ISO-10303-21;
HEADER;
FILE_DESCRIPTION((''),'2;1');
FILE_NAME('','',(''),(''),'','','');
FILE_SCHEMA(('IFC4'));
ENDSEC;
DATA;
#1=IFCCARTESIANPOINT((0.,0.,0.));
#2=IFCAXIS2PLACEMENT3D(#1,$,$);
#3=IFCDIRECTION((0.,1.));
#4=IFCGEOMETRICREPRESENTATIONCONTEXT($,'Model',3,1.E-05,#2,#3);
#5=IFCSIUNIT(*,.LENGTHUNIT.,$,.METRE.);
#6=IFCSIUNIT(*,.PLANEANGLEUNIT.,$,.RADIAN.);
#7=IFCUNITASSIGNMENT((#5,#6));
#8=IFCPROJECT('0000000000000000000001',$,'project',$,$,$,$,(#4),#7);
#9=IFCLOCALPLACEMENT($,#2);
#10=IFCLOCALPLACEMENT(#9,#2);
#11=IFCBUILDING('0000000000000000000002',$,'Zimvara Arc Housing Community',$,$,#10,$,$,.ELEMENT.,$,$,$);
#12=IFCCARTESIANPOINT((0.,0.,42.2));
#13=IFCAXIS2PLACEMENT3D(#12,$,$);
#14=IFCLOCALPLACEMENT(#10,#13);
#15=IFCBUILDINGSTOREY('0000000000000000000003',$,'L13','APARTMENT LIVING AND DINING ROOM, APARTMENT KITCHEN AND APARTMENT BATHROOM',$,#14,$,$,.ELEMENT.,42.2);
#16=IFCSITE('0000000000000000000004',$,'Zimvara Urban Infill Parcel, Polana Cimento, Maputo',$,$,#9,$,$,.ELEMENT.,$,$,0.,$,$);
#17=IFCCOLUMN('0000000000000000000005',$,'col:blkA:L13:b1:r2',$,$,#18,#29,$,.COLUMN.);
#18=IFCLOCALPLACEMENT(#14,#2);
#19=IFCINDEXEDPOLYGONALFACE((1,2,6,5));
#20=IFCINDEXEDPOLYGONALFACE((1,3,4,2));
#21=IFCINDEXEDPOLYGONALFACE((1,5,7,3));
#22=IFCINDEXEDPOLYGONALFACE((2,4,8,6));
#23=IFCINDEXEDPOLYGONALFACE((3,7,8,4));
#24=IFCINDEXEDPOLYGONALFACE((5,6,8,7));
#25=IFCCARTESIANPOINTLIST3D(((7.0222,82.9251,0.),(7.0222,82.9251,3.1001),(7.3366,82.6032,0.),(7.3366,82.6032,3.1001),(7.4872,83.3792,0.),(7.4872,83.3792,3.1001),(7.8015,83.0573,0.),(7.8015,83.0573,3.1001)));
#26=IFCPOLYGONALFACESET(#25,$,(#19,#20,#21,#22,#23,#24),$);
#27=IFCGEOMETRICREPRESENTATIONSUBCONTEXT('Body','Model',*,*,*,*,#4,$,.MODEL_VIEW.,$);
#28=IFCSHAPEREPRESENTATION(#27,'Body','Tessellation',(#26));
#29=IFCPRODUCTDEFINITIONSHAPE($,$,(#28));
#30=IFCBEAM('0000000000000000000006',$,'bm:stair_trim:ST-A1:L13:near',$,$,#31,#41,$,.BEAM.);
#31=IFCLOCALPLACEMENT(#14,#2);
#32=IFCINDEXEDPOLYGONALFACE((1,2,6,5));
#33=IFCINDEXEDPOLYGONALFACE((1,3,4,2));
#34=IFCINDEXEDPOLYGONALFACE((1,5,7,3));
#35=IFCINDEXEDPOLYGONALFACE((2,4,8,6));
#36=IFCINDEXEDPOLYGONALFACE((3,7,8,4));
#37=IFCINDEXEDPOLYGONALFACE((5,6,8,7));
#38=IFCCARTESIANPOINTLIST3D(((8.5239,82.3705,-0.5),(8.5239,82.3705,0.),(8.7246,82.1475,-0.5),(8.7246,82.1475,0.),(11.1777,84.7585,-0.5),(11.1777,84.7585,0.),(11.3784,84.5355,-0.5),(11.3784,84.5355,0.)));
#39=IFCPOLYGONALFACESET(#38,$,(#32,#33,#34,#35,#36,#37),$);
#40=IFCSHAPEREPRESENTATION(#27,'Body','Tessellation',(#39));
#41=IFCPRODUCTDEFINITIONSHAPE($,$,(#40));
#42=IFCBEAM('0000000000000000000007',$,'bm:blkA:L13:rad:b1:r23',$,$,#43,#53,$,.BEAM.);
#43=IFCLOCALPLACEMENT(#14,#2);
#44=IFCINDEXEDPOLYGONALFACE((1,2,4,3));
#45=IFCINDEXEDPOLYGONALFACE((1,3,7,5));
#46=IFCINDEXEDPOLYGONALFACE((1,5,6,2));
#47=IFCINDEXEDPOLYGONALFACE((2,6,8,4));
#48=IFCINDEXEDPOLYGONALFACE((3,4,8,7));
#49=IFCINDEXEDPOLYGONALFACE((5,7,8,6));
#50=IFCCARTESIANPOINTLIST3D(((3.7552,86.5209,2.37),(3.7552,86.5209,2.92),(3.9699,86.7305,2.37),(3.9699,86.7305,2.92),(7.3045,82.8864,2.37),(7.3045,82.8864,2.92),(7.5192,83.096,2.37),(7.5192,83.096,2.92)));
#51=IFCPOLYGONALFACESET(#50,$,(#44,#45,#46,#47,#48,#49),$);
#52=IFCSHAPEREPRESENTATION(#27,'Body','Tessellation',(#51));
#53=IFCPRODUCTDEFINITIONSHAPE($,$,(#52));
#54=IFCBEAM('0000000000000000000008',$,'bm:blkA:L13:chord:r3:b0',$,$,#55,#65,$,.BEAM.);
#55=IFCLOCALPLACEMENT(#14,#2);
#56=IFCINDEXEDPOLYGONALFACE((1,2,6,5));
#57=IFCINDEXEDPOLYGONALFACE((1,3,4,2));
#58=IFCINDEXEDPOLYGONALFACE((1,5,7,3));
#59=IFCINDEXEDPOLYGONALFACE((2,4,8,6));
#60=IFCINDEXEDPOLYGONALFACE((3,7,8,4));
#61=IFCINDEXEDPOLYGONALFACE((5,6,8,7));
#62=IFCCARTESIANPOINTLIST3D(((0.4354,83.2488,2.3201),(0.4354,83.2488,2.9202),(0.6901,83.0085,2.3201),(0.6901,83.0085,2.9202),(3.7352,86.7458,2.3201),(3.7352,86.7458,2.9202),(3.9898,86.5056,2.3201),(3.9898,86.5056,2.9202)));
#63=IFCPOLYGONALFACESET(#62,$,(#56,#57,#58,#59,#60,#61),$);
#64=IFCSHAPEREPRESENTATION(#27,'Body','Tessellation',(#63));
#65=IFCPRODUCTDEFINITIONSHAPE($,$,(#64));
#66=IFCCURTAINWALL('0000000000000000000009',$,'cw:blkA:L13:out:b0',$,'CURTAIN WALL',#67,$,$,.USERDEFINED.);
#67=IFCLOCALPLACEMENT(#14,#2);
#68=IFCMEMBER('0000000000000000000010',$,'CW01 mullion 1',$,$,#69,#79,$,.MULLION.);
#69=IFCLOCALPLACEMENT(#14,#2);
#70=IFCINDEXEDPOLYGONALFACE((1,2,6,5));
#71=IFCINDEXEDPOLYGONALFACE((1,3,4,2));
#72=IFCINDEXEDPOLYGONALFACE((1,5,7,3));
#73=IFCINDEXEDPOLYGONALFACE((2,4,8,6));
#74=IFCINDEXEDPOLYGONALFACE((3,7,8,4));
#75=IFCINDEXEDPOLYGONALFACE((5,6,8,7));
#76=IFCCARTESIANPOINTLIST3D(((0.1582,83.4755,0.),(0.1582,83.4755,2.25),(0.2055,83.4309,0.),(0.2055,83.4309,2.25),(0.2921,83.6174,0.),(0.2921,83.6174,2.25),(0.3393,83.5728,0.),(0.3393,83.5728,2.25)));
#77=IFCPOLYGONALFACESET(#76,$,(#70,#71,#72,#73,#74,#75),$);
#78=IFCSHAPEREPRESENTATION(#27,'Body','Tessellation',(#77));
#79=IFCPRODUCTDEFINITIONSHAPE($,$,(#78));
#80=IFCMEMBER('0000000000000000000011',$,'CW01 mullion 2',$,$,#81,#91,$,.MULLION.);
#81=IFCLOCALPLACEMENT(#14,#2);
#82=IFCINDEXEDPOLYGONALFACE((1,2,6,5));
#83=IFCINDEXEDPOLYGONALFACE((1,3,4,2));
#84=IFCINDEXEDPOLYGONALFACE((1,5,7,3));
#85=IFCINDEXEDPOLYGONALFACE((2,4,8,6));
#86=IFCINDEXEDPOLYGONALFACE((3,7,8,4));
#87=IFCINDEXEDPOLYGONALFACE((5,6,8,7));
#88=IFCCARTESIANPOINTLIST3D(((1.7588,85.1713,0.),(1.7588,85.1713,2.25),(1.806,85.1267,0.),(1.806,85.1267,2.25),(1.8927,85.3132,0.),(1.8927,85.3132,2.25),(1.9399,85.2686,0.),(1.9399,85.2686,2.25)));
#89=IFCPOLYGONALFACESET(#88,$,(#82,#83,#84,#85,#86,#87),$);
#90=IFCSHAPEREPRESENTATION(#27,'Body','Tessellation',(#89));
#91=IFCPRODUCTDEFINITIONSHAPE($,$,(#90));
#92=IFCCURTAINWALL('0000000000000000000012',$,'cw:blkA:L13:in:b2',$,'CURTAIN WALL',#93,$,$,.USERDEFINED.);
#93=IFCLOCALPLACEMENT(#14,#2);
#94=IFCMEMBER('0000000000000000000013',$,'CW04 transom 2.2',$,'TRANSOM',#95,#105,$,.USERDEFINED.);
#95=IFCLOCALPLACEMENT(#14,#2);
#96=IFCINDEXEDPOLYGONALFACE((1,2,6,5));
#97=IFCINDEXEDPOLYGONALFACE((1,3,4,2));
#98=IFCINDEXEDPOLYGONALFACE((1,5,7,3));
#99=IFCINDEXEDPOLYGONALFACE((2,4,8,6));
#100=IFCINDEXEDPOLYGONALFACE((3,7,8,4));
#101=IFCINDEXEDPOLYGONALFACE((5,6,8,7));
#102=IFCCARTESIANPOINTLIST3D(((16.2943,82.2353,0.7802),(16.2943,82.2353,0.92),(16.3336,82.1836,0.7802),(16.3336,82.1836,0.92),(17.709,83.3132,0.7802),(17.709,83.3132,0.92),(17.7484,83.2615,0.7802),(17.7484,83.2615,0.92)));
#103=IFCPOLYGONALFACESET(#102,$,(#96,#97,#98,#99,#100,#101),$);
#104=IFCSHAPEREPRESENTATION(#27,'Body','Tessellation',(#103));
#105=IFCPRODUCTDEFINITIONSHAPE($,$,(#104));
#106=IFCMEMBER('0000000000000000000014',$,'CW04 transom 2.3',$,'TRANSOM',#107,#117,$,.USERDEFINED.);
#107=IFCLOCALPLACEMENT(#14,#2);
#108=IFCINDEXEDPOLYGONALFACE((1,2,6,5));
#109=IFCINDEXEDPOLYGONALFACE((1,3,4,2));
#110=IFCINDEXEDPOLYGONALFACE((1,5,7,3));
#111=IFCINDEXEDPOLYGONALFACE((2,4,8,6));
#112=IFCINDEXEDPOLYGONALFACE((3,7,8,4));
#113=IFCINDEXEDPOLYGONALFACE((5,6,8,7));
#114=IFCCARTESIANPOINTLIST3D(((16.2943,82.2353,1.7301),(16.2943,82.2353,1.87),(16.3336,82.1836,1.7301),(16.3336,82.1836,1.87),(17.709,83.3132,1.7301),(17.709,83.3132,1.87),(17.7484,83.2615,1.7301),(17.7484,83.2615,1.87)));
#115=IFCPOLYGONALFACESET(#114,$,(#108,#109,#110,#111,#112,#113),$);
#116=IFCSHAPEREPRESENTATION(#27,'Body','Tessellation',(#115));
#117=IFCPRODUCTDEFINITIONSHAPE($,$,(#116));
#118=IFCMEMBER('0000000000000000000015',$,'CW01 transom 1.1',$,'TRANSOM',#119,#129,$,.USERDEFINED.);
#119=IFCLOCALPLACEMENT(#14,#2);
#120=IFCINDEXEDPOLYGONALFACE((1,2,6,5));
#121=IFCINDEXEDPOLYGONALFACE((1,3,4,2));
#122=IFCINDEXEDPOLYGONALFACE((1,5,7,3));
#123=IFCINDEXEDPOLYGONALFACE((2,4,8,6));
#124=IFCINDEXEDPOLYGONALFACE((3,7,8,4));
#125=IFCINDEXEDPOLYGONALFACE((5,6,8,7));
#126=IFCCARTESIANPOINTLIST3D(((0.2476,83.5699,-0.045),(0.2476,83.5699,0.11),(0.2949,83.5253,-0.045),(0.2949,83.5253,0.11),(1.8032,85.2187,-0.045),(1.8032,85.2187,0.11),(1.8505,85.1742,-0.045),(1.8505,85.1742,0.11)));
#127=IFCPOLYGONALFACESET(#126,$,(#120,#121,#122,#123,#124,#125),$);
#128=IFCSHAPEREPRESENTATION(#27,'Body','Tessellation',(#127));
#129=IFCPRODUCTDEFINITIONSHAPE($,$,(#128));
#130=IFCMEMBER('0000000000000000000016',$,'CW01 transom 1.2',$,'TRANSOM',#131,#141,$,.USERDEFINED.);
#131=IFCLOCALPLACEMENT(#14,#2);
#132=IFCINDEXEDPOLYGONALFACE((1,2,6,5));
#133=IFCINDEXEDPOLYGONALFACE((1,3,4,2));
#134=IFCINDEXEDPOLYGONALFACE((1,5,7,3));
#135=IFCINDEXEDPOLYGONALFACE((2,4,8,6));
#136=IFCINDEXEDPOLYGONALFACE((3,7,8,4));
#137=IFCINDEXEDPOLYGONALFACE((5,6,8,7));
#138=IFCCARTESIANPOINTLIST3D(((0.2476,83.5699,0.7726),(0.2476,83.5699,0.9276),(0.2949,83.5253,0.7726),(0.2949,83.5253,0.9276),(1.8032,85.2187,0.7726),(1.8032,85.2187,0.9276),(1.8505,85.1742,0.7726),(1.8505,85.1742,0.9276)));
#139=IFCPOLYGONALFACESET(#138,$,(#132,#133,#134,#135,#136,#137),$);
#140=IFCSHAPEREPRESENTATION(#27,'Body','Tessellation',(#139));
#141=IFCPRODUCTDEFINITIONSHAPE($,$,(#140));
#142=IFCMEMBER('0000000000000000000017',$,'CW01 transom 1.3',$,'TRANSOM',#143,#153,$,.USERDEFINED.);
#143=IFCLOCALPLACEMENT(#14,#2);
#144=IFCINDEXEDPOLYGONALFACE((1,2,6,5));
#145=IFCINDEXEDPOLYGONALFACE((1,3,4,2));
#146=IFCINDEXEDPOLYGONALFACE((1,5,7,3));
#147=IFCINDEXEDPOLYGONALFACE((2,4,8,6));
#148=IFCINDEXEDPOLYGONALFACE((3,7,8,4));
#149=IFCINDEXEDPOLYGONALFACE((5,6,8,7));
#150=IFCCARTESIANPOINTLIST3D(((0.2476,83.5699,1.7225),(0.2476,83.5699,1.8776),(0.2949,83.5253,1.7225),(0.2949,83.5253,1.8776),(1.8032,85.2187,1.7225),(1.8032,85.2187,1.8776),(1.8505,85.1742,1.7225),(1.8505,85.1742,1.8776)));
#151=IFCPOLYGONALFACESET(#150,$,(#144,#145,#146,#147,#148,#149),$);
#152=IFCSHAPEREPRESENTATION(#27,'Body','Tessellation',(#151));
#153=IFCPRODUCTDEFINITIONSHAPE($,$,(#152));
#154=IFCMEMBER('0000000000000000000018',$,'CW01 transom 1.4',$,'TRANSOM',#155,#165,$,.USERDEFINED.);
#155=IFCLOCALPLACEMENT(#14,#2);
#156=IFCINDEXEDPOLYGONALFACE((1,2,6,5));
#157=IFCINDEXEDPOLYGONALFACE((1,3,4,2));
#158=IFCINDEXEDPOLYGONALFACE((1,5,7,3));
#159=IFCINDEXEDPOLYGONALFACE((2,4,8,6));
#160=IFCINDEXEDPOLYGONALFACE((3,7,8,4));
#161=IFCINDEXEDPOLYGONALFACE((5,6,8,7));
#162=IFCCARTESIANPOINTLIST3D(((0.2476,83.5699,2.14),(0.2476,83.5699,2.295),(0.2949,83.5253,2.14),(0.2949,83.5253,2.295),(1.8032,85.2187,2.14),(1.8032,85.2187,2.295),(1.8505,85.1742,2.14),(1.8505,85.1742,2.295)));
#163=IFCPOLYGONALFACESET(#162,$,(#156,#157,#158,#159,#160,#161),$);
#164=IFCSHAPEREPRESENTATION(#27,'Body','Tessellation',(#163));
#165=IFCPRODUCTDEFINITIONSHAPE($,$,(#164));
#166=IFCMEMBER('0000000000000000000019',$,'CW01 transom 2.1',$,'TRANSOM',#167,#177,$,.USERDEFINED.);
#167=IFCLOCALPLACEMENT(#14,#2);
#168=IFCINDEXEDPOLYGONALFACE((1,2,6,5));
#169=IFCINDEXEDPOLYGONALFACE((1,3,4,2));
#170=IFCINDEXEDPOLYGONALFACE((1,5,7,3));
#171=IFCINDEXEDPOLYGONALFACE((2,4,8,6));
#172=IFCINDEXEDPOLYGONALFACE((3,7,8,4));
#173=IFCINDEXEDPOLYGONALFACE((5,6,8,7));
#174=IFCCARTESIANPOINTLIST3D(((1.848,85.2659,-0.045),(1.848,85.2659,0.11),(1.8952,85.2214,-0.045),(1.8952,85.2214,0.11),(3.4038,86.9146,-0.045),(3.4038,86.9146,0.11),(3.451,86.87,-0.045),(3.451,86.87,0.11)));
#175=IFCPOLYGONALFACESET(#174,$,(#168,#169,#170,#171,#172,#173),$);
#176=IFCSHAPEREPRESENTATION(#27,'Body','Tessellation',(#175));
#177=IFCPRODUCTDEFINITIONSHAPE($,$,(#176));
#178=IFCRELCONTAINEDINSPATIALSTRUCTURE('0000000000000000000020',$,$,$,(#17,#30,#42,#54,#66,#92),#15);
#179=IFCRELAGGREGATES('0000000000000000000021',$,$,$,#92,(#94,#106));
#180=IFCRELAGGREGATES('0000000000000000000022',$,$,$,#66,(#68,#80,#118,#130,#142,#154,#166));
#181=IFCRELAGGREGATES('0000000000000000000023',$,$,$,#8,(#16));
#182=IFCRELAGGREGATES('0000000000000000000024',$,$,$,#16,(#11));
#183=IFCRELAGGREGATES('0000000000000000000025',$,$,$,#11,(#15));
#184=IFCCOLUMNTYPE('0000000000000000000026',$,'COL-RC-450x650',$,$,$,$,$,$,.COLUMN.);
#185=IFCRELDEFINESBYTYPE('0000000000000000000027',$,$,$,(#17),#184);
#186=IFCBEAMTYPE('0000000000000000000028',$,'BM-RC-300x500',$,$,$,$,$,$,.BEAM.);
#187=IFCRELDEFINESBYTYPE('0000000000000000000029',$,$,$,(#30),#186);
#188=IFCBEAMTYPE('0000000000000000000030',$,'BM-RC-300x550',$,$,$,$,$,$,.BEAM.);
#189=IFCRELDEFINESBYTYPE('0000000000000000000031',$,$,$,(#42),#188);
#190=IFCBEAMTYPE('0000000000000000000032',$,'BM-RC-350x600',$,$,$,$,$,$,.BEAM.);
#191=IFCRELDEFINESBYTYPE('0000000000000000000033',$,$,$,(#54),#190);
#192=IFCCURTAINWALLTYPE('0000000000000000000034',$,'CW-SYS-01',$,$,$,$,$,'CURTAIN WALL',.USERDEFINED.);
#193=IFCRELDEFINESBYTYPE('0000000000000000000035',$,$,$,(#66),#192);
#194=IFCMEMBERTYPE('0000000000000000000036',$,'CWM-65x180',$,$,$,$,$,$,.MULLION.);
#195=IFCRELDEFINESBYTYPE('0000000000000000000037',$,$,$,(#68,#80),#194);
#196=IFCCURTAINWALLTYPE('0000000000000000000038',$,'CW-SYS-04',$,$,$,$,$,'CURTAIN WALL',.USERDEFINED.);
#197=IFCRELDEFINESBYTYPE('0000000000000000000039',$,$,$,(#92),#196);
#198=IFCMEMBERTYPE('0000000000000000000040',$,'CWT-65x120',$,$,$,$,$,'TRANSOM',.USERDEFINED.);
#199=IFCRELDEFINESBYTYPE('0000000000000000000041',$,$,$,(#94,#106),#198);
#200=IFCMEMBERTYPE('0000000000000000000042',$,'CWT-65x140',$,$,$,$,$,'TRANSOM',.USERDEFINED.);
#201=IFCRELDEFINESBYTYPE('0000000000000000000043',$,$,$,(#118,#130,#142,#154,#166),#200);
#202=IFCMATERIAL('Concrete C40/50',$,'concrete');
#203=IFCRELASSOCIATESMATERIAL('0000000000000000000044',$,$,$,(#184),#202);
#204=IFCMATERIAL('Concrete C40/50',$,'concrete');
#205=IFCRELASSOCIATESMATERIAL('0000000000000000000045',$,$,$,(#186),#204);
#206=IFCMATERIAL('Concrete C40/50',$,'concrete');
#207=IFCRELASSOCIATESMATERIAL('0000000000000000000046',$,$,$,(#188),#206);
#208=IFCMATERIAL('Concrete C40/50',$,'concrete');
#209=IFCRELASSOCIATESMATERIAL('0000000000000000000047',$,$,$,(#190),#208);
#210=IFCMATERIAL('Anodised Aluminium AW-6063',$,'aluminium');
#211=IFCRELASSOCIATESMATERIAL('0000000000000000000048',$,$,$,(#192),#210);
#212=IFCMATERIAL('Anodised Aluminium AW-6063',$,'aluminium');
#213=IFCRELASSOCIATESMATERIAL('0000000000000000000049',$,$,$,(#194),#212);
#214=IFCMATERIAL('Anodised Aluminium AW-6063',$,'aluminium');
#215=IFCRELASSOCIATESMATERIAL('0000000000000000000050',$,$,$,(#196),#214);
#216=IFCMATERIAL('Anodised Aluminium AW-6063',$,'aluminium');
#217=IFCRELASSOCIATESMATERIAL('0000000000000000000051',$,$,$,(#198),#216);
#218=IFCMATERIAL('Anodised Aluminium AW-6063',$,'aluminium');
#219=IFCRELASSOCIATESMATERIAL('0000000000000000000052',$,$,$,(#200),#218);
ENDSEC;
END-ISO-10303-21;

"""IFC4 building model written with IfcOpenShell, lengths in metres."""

from ifc_helpers import new_model, si_unit, direction, frame, origin, origin_2d, place, context, subcontext, project, spatial, rectangle, extrude, material, material_profile, profile_set, type_object, element, aggregate, save


model = new_model("IFC4")

# Units and contexts
model_context = context("Model", 3, precision=1e-05, world=origin(), true_north=direction((0.0, 1.0)))
body_context = subcontext(model_context, "Body", "Model", "MODEL_VIEW")
ifc_project = project(units=[si_unit("LENGTHUNIT", "METRE"), si_unit("PLANEANGLEUNIT", "RADIAN")], contexts=[model_context])

# Site, building, storey
site_placement = place(None, origin())
site = spatial("IfcSite", under=ifc_project, at=site_placement, Name="Zimvara Urban Infill Parcel, Polana Cimento, Maputo", CompositionType="ELEMENT", RefElevation=0.0)
building_placement = place(site_placement, origin())
building = spatial("IfcBuilding", under=site, at=building_placement, Name="Zimvara Arc Housing Community", CompositionType="ELEMENT")
storey_placement = place(building_placement, frame((0.0, 0.0, 42.2)))
storey = spatial("IfcBuildingStorey", under=building, at=storey_placement, Name="L13", Description="APARTMENT LIVING AND DINING ROOM, APARTMENT KITCHEN AND APARTMENT BATHROOM", CompositionType="ELEMENT", Elevation=42.2)

# Column
ifc_material_1 = material(Name="Concrete C40/50", Category="concrete")
ifc_material_profile_1 = material_profile(ifc_material_1, rectangle(XDim=0.45, YDim=0.6499, at=origin_2d()), Name="RC 450x650")
ifc_profile_set_1 = profile_set([ifc_material_profile_1], Name="Concrete C40/50")
column_type_1 = type_object("IfcColumnType", Name="COL-RC-450x650", PredefinedType="COLUMN", material=ifc_profile_set_1)
column_1_placement = place(storey_placement, frame((7.4119, 82.9912, 0.0), z_axis=(0.0, 0.0, 1.0), x_axis=(-0.698665, 0.715449, 0.0)))
element("IfcColumn", 1, at=column_1_placement, inside=storey, type_object=column_type_1, Name="col:blkA:L13:b1:r2", PredefinedType="COLUMN", context=body_context, shape_type="SweptSolid", body=[
    extrude(rectangle(XDim=0.45, YDim=0.6499, at=origin_2d()), origin(), (0.0, 0.0, 1.0), 3.1001),
])

# Beams
ifc_material_2 = material(Name="Concrete C40/50", Category="concrete")
ifc_material_profile_2 = material_profile(ifc_material_2, rectangle(XDim=0.3, YDim=0.5, at=origin_2d()), Name="RC 300x500")
ifc_profile_set_2 = profile_set([ifc_material_profile_2], Name="Concrete C40/50")
beam_type_1 = type_object("IfcBeamType", Name="BM-RC-300x500", PredefinedType="BEAM", material=ifc_profile_set_2)
beam_1_placement = place(storey_placement, frame((11.2781, 84.647, -0.25), z_axis=(-0.743362, -0.668889, 0.0), x_axis=(0.668889, -0.743362, 0.0)))
element("IfcBeam", 2, at=beam_1_placement, inside=storey, type_object=beam_type_1, Name="bm:stair_trim:ST-A1:L13:near", PredefinedType="BEAM", context=body_context, shape_type="SweptSolid", body=[
    extrude(rectangle(XDim=0.3, YDim=0.5, at=origin_2d()), origin(), (0.0, 0.0, 1.0), 3.5701),
])
ifc_material_3 = material(Name="Concrete C40/50", Category="concrete")
ifc_material_profile_3 = material_profile(ifc_material_3, rectangle(XDim=0.3, YDim=0.55, at=origin_2d()), Name="RC 300x550")
ifc_profile_set_3 = profile_set([ifc_material_profile_3], Name="Concrete C40/50")
beam_type_2 = type_object("IfcBeamType", Name="BM-RC-300x550", PredefinedType="BEAM", material=ifc_profile_set_3)
beam_2_placement = place(storey_placement, frame((7.4119, 82.9912, 2.645), z_axis=(-0.698671, 0.715443, 0.0), x_axis=(-0.715443, -0.698671, 0.0)))
element("IfcBeam", 3, at=beam_2_placement, inside=storey, type_object=beam_type_2, Name="bm:blkA:L13:rad:b1:r23", PredefinedType="BEAM", context=body_context, shape_type="SweptSolid", body=[
    extrude(rectangle(XDim=0.3, YDim=0.55, at=origin_2d()), origin(), (0.0, 0.0, 1.0), 5.0801),
])
ifc_material_4 = material(Name="Concrete C40/50", Category="concrete")
ifc_material_profile_4 = material_profile(ifc_material_4, rectangle(XDim=0.3501, YDim=0.6001, at=origin_2d()), Name="RC 350x600")
ifc_profile_set_4 = profile_set([ifc_material_profile_4], Name="Concrete C40/50")
beam_type_3 = type_object("IfcBeamType", Name="BM-RC-350x600", PredefinedType="BEAM", material=ifc_profile_set_4)
beam_3_placement = place(storey_placement, frame((0.5627, 83.1287, 2.6201), z_axis=(0.686295, 0.727323, 0.0), x_axis=(-0.727323, 0.686295, 0.0)))
element("IfcBeam", 4, at=beam_3_placement, inside=storey, type_object=beam_type_3, Name="bm:blkA:L13:chord:r3:b0", PredefinedType="BEAM", context=body_context, shape_type="SweptSolid", body=[
    extrude(rectangle(XDim=0.3501, YDim=0.6001, at=origin_2d()), origin(), (0.0, 0.0, 1.0), 4.8081),
])

# Curtain walls, members
ifc_material_5 = material(Name="Anodised Aluminium AW-6063", Category="aluminium")
curtain_wall_type_1 = type_object("IfcCurtainWallType", Name="CW-SYS-01", ElementType="CURTAIN WALL", PredefinedType="USERDEFINED", material=ifc_material_5)
curtain_wall_1_placement = place(storey_placement, origin())
curtain_wall_1 = element("IfcCurtainWall", 5, at=curtain_wall_1_placement, inside=storey, type_object=curtain_wall_type_1, Name="cw:blkA:L13:out:b0", ObjectType="CURTAIN WALL", PredefinedType="USERDEFINED")
ifc_material_6 = material(Name="Anodised Aluminium AW-6063", Category="aluminium")
ifc_material_profile_5 = material_profile(ifc_material_6, rectangle(XDim=0.0649, YDim=0.1951, at=origin_2d()), Name="ALU 65x195")
ifc_profile_set_5 = profile_set([ifc_material_profile_5], Name="Anodised Aluminium AW-6063")
member_type_1 = type_object("IfcMemberType", Name="CWM-65x180", PredefinedType="MULLION", material=ifc_profile_set_5)
member_1_placement = place(storey_placement, frame((0.2488, 83.5242, 0.0), z_axis=(0.0, 0.0, 1.0), x_axis=(-0.727294, 0.686326, 0.0)))
member_1 = element("IfcMember", 6, at=member_1_placement, type_object=member_type_1, Name="CW01 mullion 1", PredefinedType="MULLION", context=body_context, shape_type="SweptSolid", body=[
    extrude(rectangle(XDim=0.0649, YDim=0.1951, at=origin_2d()), origin(), (0.0, 0.0, 1.0), 2.25),
])
member_2_placement = place(storey_placement, frame((1.8494, 85.22, 0.0), z_axis=(0.0, 0.0, 1.0), x_axis=(-0.727294, 0.686326, 0.0)))
member_2 = element("IfcMember", 7, at=member_2_placement, type_object=member_type_1, Name="CW01 mullion 2", PredefinedType="MULLION", context=body_context, shape_type="SweptSolid", body=[
    extrude(rectangle(XDim=0.0649, YDim=0.1951, at=origin_2d()), origin(), (0.0, 0.0, 1.0), 2.25),
])
ifc_material_7 = material(Name="Anodised Aluminium AW-6063", Category="aluminium")
curtain_wall_type_2 = type_object("IfcCurtainWallType", Name="CW-SYS-04", ElementType="CURTAIN WALL", PredefinedType="USERDEFINED", material=ifc_material_7)
curtain_wall_2_placement = place(storey_placement, origin())
curtain_wall_2 = element("IfcCurtainWall", 8, at=curtain_wall_2_placement, inside=storey, type_object=curtain_wall_type_2, Name="cw:blkA:L13:in:b2", ObjectType="CURTAIN WALL", PredefinedType="USERDEFINED")
ifc_material_8 = material(Name="Anodised Aluminium AW-6063", Category="aluminium")
ifc_material_profile_6 = material_profile(ifc_material_8, rectangle(XDim=0.0649, YDim=0.1399, at=origin_2d()), Name="ALU 65x140")
ifc_profile_set_6 = profile_set([ifc_material_profile_6], Name="Anodised Aluminium AW-6063")
member_type_2 = type_object("IfcMemberType", Name="CWT-65x120", ElementType="TRANSOM", PredefinedType="USERDEFINED", material=ifc_profile_set_6)
member_3_placement = place(storey_placement, frame((16.314, 82.2095, 0.8501), z_axis=(0.795447, 0.606023, 0.0), x_axis=(-0.606023, 0.795447, 0.0)))
member_3 = element("IfcMember", 9, at=member_3_placement, type_object=member_type_2, Name="CW04 transom 2.2", ObjectType="TRANSOM", PredefinedType="USERDEFINED", context=body_context, shape_type="SweptSolid", body=[
    extrude(rectangle(XDim=0.0649, YDim=0.1399, at=origin_2d()), origin(), (0.0, 0.0, 1.0), 1.7786),
])
member_4_placement = place(storey_placement, frame((16.314, 82.2095, 1.8), z_axis=(0.795447, 0.606023, 0.0), x_axis=(-0.606023, 0.795447, 0.0)))
member_4 = element("IfcMember", 10, at=member_4_placement, type_object=member_type_2, Name="CW04 transom 2.3", ObjectType="TRANSOM", PredefinedType="USERDEFINED", context=body_context, shape_type="SweptSolid", body=[
    extrude(rectangle(XDim=0.0649, YDim=0.1399, at=origin_2d()), origin(), (0.0, 0.0, 1.0), 1.7786),
])
aggregate(curtain_wall_2, [member_3, member_4])

# Members
ifc_material_9 = material(Name="Anodised Aluminium AW-6063", Category="aluminium")
ifc_material_profile_7 = material_profile(ifc_material_9, rectangle(XDim=0.0649, YDim=0.155, at=origin_2d()), Name="ALU 65x155")
ifc_profile_set_7 = profile_set([ifc_material_profile_7], Name="Anodised Aluminium AW-6063")
member_type_3 = type_object("IfcMemberType", Name="CWT-65x140", ElementType="TRANSOM", PredefinedType="USERDEFINED", material=ifc_profile_set_7)
member_5_placement = place(storey_placement, frame((0.2712, 83.5476, 0.0325), z_axis=(0.686238, 0.727377, 0.0), x_axis=(-0.727377, 0.686238, 0.0)))
member_5 = element("IfcMember", 11, at=member_5_placement, type_object=member_type_3, Name="CW01 transom 1.1", ObjectType="TRANSOM", PredefinedType="USERDEFINED", context=body_context, shape_type="SweptSolid", body=[
    extrude(rectangle(XDim=0.0649, YDim=0.155, at=origin_2d()), origin(), (0.0, 0.0, 1.0), 2.2668),
])
member_6_placement = place(storey_placement, frame((0.2712, 83.5476, 0.8501), z_axis=(0.686238, 0.727377, 0.0), x_axis=(-0.727377, 0.686238, 0.0)))
member_6 = element("IfcMember", 12, at=member_6_placement, type_object=member_type_3, Name="CW01 transom 1.2", ObjectType="TRANSOM", PredefinedType="USERDEFINED", context=body_context, shape_type="SweptSolid", body=[
    extrude(rectangle(XDim=0.0649, YDim=0.155, at=origin_2d()), origin(), (0.0, 0.0, 1.0), 2.2668),
])
member_7_placement = place(storey_placement, frame((0.2712, 83.5476, 1.8), z_axis=(0.686238, 0.727377, 0.0), x_axis=(-0.727377, 0.686238, 0.0)))
member_7 = element("IfcMember", 13, at=member_7_placement, type_object=member_type_3, Name="CW01 transom 1.3", ObjectType="TRANSOM", PredefinedType="USERDEFINED", context=body_context, shape_type="SweptSolid", body=[
    extrude(rectangle(XDim=0.0649, YDim=0.155, at=origin_2d()), origin(), (0.0, 0.0, 1.0), 2.2668),
])
member_8_placement = place(storey_placement, frame((0.2712, 83.5476, 2.2175), z_axis=(0.686238, 0.727377, 0.0), x_axis=(-0.727377, 0.686238, 0.0)))
member_8 = element("IfcMember", 14, at=member_8_placement, type_object=member_type_3, Name="CW01 transom 1.4", ObjectType="TRANSOM", PredefinedType="USERDEFINED", context=body_context, shape_type="SweptSolid", body=[
    extrude(rectangle(XDim=0.0649, YDim=0.155, at=origin_2d()), origin(), (0.0, 0.0, 1.0), 2.2668),
])
member_9_placement = place(storey_placement, frame((1.8716, 85.2437, 0.0325), z_axis=(0.686348, 0.727273, 0.0), x_axis=(-0.727273, 0.686348, 0.0)))
member_9 = element("IfcMember", 15, at=member_9_placement, type_object=member_type_3, Name="CW01 transom 2.1", ObjectType="TRANSOM", PredefinedType="USERDEFINED", context=body_context, shape_type="SweptSolid", body=[
    extrude(rectangle(XDim=0.0649, YDim=0.155, at=origin_2d()), origin(), (0.0, 0.0, 1.0), 2.2668),
])

aggregate(curtain_wall_1, [member_1, member_2, member_5, member_6, member_7, member_8, member_9])

save(model, "model.ifc")
